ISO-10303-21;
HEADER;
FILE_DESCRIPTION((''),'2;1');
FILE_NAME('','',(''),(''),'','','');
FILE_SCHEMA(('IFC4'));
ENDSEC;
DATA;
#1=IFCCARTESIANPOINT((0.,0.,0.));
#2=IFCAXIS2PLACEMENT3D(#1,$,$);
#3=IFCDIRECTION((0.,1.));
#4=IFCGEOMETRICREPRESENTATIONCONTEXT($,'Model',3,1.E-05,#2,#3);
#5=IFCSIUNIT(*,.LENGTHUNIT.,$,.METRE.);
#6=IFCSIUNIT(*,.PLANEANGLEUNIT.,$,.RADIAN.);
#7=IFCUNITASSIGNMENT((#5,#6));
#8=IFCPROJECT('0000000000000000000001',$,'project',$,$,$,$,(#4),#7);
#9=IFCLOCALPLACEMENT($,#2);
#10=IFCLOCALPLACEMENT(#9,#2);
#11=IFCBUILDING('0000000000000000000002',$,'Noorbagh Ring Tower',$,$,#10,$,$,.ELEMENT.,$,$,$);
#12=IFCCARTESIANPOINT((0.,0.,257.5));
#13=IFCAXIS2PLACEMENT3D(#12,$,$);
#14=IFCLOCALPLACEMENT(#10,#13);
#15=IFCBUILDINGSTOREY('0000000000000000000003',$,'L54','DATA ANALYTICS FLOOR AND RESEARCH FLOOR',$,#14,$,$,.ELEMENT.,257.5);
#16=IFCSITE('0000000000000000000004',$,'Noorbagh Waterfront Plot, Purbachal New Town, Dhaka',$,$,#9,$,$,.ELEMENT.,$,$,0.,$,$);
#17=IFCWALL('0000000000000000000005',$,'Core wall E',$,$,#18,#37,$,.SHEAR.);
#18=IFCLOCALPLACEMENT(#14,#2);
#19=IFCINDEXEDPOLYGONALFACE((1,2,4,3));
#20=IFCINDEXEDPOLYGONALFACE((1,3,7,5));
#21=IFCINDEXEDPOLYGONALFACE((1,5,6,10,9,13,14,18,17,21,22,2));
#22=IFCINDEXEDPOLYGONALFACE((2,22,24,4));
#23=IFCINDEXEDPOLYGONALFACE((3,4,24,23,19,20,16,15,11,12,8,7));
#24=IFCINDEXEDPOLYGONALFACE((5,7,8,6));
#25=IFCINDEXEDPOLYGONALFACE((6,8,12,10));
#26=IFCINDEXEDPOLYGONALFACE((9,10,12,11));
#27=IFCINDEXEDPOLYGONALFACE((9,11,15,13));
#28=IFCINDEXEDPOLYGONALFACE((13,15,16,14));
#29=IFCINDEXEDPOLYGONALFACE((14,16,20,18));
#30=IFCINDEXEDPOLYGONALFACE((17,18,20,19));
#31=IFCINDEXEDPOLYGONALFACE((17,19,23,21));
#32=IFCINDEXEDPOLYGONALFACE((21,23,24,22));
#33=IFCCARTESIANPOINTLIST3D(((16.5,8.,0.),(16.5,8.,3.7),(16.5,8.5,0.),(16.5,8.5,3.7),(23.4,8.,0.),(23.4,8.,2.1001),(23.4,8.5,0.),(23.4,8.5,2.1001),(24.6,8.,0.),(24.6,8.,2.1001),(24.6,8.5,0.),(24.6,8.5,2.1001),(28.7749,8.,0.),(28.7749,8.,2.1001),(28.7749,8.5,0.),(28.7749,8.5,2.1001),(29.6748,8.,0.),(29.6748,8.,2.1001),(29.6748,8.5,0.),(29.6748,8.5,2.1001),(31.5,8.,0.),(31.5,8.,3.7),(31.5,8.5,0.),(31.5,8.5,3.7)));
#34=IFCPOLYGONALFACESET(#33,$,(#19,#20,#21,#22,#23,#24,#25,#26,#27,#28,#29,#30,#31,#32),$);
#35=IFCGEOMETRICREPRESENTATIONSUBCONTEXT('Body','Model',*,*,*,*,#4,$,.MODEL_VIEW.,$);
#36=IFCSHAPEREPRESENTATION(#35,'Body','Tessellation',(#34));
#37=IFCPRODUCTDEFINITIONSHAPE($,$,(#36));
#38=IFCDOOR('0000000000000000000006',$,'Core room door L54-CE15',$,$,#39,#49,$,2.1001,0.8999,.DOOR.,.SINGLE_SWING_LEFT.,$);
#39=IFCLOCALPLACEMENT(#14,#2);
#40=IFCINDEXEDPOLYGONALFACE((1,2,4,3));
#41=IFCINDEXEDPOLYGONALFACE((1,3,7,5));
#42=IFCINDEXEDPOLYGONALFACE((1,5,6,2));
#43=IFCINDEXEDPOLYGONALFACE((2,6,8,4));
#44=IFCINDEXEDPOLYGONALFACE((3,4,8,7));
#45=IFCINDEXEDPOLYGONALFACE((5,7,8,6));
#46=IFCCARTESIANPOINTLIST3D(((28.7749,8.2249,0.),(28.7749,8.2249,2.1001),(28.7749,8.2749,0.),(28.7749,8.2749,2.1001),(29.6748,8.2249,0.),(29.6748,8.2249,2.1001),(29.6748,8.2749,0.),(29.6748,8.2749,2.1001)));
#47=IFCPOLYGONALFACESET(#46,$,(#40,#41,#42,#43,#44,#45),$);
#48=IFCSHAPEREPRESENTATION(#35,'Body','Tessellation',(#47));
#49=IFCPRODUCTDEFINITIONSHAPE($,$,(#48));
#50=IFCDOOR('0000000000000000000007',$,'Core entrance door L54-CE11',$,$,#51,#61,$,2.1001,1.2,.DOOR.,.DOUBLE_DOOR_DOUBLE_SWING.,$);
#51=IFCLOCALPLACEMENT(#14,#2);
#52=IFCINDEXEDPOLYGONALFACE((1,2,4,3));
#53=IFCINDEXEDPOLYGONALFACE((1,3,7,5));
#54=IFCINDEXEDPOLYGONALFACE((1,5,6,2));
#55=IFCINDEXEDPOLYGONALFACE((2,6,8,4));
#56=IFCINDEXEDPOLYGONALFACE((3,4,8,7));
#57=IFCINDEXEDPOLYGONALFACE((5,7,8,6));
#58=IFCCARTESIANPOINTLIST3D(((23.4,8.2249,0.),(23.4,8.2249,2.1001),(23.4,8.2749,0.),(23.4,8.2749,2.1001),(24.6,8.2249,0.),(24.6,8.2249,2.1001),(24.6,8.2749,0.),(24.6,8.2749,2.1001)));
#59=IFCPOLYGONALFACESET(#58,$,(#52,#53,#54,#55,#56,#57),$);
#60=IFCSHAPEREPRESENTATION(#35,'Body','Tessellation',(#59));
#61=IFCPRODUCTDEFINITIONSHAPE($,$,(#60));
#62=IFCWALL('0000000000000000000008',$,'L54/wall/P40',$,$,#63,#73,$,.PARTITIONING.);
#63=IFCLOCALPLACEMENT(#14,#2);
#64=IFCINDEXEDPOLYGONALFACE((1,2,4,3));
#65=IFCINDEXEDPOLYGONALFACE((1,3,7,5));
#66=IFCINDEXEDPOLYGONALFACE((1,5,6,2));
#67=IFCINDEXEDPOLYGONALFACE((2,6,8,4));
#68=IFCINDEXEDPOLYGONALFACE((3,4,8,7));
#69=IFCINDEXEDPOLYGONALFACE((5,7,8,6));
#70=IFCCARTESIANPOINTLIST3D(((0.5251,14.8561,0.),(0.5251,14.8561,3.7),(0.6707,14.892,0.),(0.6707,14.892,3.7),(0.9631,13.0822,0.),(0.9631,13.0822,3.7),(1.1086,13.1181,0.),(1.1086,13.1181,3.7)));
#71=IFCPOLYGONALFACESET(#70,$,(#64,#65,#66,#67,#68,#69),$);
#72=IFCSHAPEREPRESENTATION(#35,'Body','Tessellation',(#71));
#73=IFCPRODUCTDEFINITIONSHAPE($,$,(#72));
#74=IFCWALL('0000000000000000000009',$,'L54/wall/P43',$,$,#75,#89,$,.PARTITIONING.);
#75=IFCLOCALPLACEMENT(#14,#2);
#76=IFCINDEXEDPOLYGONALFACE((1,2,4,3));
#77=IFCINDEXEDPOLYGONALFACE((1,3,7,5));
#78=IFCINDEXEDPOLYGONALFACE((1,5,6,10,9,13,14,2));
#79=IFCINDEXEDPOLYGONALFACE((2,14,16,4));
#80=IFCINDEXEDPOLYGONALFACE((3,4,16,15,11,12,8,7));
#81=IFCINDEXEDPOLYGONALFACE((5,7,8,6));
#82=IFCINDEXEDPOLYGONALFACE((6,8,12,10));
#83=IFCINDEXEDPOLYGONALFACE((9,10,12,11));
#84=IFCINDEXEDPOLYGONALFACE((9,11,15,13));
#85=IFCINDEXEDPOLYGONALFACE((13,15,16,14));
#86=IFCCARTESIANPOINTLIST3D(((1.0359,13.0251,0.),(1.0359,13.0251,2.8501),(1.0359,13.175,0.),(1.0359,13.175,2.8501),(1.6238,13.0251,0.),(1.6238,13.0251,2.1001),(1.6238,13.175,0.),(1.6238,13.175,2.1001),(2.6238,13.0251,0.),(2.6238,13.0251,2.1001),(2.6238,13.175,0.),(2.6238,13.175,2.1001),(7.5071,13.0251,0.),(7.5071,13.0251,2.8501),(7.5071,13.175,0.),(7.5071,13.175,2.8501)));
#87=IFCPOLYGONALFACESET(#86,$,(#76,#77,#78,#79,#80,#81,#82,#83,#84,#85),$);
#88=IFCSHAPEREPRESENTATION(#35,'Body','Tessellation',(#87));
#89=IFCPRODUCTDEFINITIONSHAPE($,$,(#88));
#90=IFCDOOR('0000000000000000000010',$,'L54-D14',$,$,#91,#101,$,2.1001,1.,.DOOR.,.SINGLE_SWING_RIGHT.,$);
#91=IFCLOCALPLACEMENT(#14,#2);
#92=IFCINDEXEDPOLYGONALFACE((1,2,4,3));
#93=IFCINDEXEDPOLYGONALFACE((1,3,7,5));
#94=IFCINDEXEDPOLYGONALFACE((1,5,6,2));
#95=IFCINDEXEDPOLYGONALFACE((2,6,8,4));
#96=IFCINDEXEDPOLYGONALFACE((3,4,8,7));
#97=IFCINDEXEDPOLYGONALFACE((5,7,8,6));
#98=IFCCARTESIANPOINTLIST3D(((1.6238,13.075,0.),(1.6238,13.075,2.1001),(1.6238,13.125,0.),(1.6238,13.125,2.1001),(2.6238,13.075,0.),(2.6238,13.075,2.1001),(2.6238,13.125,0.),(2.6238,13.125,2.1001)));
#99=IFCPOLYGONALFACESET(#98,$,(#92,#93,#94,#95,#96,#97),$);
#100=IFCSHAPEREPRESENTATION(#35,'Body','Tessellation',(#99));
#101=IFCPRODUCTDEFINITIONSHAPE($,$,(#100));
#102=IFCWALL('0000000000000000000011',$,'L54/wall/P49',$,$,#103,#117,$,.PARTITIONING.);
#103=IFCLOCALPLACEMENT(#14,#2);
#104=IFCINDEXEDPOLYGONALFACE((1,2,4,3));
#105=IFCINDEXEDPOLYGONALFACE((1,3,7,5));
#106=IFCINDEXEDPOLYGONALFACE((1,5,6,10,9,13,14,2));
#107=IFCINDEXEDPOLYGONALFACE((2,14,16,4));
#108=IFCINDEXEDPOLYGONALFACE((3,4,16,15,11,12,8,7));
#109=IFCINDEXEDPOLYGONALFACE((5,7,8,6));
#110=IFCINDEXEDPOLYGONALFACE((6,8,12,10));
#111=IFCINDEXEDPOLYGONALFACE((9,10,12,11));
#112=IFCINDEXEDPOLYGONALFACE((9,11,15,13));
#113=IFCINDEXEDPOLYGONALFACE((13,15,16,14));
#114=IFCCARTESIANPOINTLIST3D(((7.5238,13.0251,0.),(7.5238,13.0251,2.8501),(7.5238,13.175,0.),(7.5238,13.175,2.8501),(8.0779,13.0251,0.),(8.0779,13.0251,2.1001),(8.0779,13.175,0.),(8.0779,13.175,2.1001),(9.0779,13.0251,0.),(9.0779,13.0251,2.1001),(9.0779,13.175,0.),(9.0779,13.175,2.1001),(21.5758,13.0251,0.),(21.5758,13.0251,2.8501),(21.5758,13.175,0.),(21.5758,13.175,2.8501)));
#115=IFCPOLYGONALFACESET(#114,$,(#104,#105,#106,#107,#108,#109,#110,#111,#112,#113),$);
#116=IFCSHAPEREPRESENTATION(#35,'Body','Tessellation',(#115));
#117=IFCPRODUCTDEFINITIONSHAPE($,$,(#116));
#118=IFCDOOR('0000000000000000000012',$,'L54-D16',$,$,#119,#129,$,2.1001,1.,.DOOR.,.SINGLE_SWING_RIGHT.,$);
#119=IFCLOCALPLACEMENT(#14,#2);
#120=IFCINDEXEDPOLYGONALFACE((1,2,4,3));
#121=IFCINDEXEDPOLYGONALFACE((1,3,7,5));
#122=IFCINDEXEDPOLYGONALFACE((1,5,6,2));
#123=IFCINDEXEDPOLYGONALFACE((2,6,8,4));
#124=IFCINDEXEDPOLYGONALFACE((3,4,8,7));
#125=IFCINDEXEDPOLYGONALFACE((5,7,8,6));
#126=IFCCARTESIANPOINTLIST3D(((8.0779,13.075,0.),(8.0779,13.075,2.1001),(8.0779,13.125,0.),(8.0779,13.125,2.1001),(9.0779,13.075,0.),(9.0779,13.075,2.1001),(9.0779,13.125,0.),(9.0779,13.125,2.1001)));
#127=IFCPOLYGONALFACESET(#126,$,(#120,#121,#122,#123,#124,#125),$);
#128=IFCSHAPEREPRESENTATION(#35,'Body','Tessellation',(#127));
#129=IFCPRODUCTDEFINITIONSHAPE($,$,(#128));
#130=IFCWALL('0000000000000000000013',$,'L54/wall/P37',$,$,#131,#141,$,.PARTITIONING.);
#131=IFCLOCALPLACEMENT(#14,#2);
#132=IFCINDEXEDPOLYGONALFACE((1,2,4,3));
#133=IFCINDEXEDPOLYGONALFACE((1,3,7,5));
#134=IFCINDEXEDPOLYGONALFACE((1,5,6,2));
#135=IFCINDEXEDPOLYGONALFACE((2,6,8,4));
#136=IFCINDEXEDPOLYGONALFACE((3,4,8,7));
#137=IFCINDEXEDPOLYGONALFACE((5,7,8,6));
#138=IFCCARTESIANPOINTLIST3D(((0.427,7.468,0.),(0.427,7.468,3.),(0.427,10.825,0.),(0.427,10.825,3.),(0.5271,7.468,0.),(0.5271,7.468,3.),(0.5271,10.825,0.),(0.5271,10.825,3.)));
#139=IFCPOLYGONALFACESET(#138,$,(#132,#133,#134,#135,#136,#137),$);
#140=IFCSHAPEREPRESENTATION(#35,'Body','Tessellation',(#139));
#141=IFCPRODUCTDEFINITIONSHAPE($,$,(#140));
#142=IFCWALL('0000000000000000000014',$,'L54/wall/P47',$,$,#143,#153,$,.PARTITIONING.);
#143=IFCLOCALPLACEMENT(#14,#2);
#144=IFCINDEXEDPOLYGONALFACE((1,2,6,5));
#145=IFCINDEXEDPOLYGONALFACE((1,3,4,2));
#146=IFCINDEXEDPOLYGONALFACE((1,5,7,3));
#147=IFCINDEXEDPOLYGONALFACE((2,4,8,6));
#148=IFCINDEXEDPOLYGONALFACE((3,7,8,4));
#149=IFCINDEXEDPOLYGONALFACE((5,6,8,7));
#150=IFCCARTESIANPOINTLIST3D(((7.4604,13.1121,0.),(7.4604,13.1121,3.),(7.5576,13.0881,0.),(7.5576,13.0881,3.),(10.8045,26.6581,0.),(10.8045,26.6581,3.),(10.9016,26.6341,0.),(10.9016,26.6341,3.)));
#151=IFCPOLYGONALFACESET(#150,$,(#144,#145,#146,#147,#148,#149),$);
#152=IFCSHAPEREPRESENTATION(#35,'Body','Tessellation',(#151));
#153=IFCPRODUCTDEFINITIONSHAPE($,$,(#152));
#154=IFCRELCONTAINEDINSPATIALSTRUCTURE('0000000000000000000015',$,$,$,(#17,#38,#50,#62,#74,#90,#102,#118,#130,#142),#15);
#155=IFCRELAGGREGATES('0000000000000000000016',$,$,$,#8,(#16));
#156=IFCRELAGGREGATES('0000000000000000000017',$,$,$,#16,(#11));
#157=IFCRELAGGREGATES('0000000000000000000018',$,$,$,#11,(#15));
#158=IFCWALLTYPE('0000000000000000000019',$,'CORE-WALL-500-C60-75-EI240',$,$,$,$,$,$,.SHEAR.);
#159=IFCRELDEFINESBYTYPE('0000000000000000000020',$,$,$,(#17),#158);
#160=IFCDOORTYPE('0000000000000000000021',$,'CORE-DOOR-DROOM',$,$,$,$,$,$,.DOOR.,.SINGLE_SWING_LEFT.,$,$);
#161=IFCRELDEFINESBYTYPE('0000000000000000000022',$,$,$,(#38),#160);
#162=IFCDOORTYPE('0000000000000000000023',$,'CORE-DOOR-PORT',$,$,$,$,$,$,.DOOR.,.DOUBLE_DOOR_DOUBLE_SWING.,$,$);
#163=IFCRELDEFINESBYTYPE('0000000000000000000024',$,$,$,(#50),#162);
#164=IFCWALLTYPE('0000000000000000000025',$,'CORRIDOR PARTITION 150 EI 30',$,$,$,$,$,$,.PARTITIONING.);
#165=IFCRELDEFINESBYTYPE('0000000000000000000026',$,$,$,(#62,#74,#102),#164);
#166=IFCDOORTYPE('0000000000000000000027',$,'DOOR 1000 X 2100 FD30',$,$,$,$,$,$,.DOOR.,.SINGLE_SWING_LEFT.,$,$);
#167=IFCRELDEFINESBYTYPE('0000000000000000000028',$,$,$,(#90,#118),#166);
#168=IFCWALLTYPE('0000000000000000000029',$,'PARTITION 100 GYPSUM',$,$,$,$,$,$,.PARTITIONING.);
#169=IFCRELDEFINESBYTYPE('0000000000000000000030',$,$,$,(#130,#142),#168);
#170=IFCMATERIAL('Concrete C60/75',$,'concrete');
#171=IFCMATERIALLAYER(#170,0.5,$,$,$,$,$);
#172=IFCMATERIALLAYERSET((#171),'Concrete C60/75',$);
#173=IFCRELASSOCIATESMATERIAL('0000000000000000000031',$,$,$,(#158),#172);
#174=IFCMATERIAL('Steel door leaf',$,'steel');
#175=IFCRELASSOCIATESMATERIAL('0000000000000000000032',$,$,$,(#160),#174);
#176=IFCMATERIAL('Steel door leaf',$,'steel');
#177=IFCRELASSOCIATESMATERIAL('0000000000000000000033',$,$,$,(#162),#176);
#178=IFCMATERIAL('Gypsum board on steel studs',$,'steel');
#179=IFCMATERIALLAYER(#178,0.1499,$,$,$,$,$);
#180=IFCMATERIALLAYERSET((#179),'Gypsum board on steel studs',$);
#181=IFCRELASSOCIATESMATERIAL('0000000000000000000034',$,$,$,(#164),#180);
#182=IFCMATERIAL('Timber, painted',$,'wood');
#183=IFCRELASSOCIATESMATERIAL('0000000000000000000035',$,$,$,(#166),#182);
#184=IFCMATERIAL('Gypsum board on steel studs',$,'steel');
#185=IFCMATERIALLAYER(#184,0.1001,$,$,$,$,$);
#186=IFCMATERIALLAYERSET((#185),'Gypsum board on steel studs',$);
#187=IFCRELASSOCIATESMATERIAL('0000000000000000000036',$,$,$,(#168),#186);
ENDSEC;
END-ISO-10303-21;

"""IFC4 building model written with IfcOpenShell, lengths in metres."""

from ifc_helpers import new_model, si_unit, direction, frame, frame_2d, origin, place, context, subcontext, project, spatial, rectangle, extrude, material, layer, layer_set, type_object, element, fill, save


model = new_model("IFC4")

# Units and contexts
model_context = context("Model", 3, precision=1e-05, world=origin(), true_north=direction((0.0, 1.0)))
body_context = subcontext(model_context, "Body", "Model", "MODEL_VIEW")
ifc_project = project(units=[si_unit("LENGTHUNIT", "METRE"), si_unit("PLANEANGLEUNIT", "RADIAN")], contexts=[model_context])

# Site, building, storey
site_placement = place(None, origin())
site = spatial("IfcSite", under=ifc_project, at=site_placement, Name="Noorbagh Waterfront Plot, Purbachal New Town, Dhaka", CompositionType="ELEMENT", RefElevation=0.0)
building_placement = place(site_placement, origin())
building = spatial("IfcBuilding", under=site, at=building_placement, Name="Noorbagh Ring Tower", CompositionType="ELEMENT")
storey_placement = place(building_placement, frame((0.0, 0.0, 257.5)))
storey = spatial("IfcBuildingStorey", under=building, at=storey_placement, Name="L54", Description="DATA ANALYTICS FLOOR AND RESEARCH FLOOR", CompositionType="ELEMENT", Elevation=257.5)

# Wall, openings, doors
ifc_material_1 = material(Name="Concrete C60/75", Category="concrete")
ifc_layer_1 = layer(ifc_material_1, 0.5)
ifc_layer_set_1 = layer_set([ifc_layer_1], Name="Concrete C60/75")
wall_type_1 = type_object("IfcWallType", Name="CORE-WALL-500-C60-75-EI240", PredefinedType="SHEAR", material=ifc_layer_set_1)
wall_1_placement = place(storey_placement, frame((16.5, 8.25, 0.0), z_axis=(0.0, 0.0, 1.0), x_axis=(1.0, 0.0, 0.0)))
wall_1 = element("IfcWall", 1, at=wall_1_placement, inside=storey, type_object=wall_type_1, Name="Core wall E", PredefinedType="SHEAR", context=body_context, shape_type="SweptSolid", body=[
    extrude(rectangle(XDim=15.0, YDim=0.5, at=frame_2d((7.5, 0.0))), origin(), (0.0, 0.0, 1.0), 3.7),
])
opening_1_placement = place(wall_1_placement, frame((6.8999, 0.0, 0.0)))
opening_1 = element("IfcOpeningElement", 2, at=opening_1_placement, cuts=wall_1, PredefinedType="OPENING", context=body_context, shape_type="SweptSolid", body=[
    extrude(rectangle(XDim=1.2, YDim=2.1001, at=frame_2d((0.6001, 1.05))), frame((0.0, 0.26, 0.0), z_axis=(0.0, -1.0, 0.0), x_axis=(1.0, 0.0, 0.0)), (0.0, 0.0, 1.0), 0.52),
])
opening_2_placement = place(wall_1_placement, frame((12.2749, 0.0, 0.0)))
opening_2 = element("IfcOpeningElement", 3, at=opening_2_placement, cuts=wall_1, PredefinedType="OPENING", context=body_context, shape_type="SweptSolid", body=[
    extrude(rectangle(XDim=0.8999, YDim=2.1001, at=frame_2d((0.45, 1.05))), frame((0.0, 0.26, 0.0), z_axis=(0.0, -1.0, 0.0), x_axis=(1.0, 0.0, 0.0)), (0.0, 0.0, 1.0), 0.52),
])
ifc_material_2 = material(Name="Steel door leaf", Category="steel")
door_type_1 = type_object("IfcDoorType", Name="CORE-DOOR-DROOM", OperationType="SINGLE_SWING_LEFT", PredefinedType="DOOR", material=ifc_material_2)
door_1_placement = place(opening_2_placement, origin())
door_1 = element("IfcDoor", 4, at=door_1_placement, inside=storey, type_object=door_type_1, Name="Core room door L54-CE15", OperationType="SINGLE_SWING_LEFT", OverallHeight=2.1001, OverallWidth=0.8999, PredefinedType="DOOR", context=body_context, shape_type="SweptSolid", body=[
    extrude(rectangle(XDim=0.8999, YDim=2.1001, at=frame_2d((0.45, 1.05))), frame((0.0, 0.0249, 0.0), z_axis=(0.0, -1.0, 0.0), x_axis=(1.0, 0.0, 0.0)), (0.0, 0.0, 1.0), 0.05),
])
fill(opening_2, door_1)
ifc_material_3 = material(Name="Steel door leaf", Category="steel")
door_type_2 = type_object("IfcDoorType", Name="CORE-DOOR-PORT", OperationType="DOUBLE_DOOR_DOUBLE_SWING", PredefinedType="DOOR", material=ifc_material_3)
door_2_placement = place(opening_1_placement, origin())
door_2 = element("IfcDoor", 5, at=door_2_placement, inside=storey, type_object=door_type_2, Name="Core entrance door L54-CE11", OperationType="DOUBLE_DOOR_DOUBLE_SWING", OverallHeight=2.1001, OverallWidth=1.2, PredefinedType="DOOR", context=body_context, shape_type="SweptSolid", body=[
    extrude(rectangle(XDim=1.2, YDim=2.1001, at=frame_2d((0.6001, 1.05))), frame((0.0, 0.0249, 0.0), z_axis=(0.0, -1.0, 0.0), x_axis=(1.0, 0.0, 0.0)), (0.0, 0.0, 1.0), 0.05),
])
fill(opening_1, door_2)

# Wall
ifc_material_4 = material(Name="Gypsum board on steel studs", Category="steel")
ifc_layer_2 = layer(ifc_material_4, 0.1499)
ifc_layer_set_2 = layer_set([ifc_layer_2], Name="Gypsum board on steel studs")
wall_type_2 = type_object("IfcWallType", Name="CORRIDOR PARTITION 150 EI 30", PredefinedType="PARTITIONING", material=ifc_layer_set_2)
wall_2_placement = place(storey_placement, frame((0.5979, 14.874, 0.0), z_axis=(0.0, 0.0, 1.0), x_axis=(0.239705, -0.970846, 0.0)))
element("IfcWall", 6, at=wall_2_placement, inside=storey, type_object=wall_type_2, Name="L54/wall/P40", PredefinedType="PARTITIONING", context=body_context, shape_type="SweptSolid", body=[
    extrude(rectangle(XDim=1.8271, YDim=0.1499, at=frame_2d((0.9136, 0.0))), origin(), (0.0, 0.0, 1.0), 3.7),
])

# Walls, openings, doors
wall_3_placement = place(storey_placement, frame((1.0359, 13.1001, 0.0), z_axis=(0.0, 0.0, 1.0), x_axis=(1.0, 0.0, 0.0)))
wall_3 = element("IfcWall", 7, at=wall_3_placement, inside=storey, type_object=wall_type_2, Name="L54/wall/P43", PredefinedType="PARTITIONING", context=body_context, shape_type="SweptSolid", body=[
    extrude(rectangle(XDim=6.4712, YDim=0.1499, at=frame_2d((3.2356, 0.0))), origin(), (0.0, 0.0, 1.0), 2.8501),
])
opening_3_placement = place(wall_3_placement, frame((0.5879, 0.0, 0.0)))
opening_3 = element("IfcOpeningElement", 8, at=opening_3_placement, cuts=wall_3, PredefinedType="OPENING", context=body_context, shape_type="SweptSolid", body=[
    extrude(rectangle(XDim=1.0, YDim=2.1001, at=frame_2d((0.5, 1.05))), frame((0.0, 0.085, 0.0), z_axis=(0.0, -1.0, 0.0), x_axis=(1.0, 0.0, 0.0)), (0.0, 0.0, 1.0), 0.1699),
])
ifc_material_5 = material(Name="Timber, painted", Category="wood")
door_type_3 = type_object("IfcDoorType", Name="DOOR 1000 X 2100 FD30", OperationType="SINGLE_SWING_LEFT", PredefinedType="DOOR", material=ifc_material_5)
door_3_placement = place(opening_3_placement, origin())
door_3 = element("IfcDoor", 9, at=door_3_placement, inside=storey, type_object=door_type_3, Name="L54-D14", OperationType="SINGLE_SWING_RIGHT", OverallHeight=2.1001, OverallWidth=1.0, PredefinedType="DOOR", context=body_context, shape_type="SweptSolid", body=[
    extrude(rectangle(XDim=1.0, YDim=2.1001, at=frame_2d((0.5, 1.05))), frame((0.0, 0.0249, 0.0), z_axis=(0.0, -1.0, 0.0), x_axis=(1.0, 0.0, 0.0)), (0.0, 0.0, 1.0), 0.05),
])
fill(opening_3, door_3)
wall_4_placement = place(storey_placement, frame((7.5239, 13.1001, 0.0), z_axis=(0.0, 0.0, 1.0), x_axis=(1.0, 0.0, 0.0)))
wall_4 = element("IfcWall", 10, at=wall_4_placement, inside=storey, type_object=wall_type_2, Name="L54/wall/P49", PredefinedType="PARTITIONING", context=body_context, shape_type="SweptSolid", body=[
    extrude(rectangle(XDim=14.052, YDim=0.1499, at=frame_2d((7.0259, 0.0))), origin(), (0.0, 0.0, 1.0), 2.8501),
])
opening_4_placement = place(wall_4_placement, frame((0.554, 0.0, 0.0)))
opening_4 = element("IfcOpeningElement", 11, at=opening_4_placement, cuts=wall_4, PredefinedType="OPENING", context=body_context, shape_type="SweptSolid", body=[
    extrude(rectangle(XDim=1.0, YDim=2.1001, at=frame_2d((0.5, 1.05))), frame((0.0, 0.085, 0.0), z_axis=(0.0, -1.0, 0.0), x_axis=(1.0, 0.0, 0.0)), (0.0, 0.0, 1.0), 0.1699),
])
door_4_placement = place(opening_4_placement, origin())
door_4 = element("IfcDoor", 12, at=door_4_placement, inside=storey, type_object=door_type_3, Name="L54-D16", OperationType="SINGLE_SWING_RIGHT", OverallHeight=2.1001, OverallWidth=1.0, PredefinedType="DOOR", context=body_context, shape_type="SweptSolid", body=[
    extrude(rectangle(XDim=1.0, YDim=2.1001, at=frame_2d((0.5, 1.05))), frame((0.0, 0.0249, 0.0), z_axis=(0.0, -1.0, 0.0), x_axis=(1.0, 0.0, 0.0)), (0.0, 0.0, 1.0), 0.05),
])
fill(opening_4, door_4)

# Walls
ifc_material_6 = material(Name="Gypsum board on steel studs", Category="steel")
ifc_layer_3 = layer(ifc_material_6, 0.1001)
ifc_layer_set_3 = layer_set([ifc_layer_3], Name="Gypsum board on steel studs")
wall_type_3 = type_object("IfcWallType", Name="PARTITION 100 GYPSUM", PredefinedType="PARTITIONING", material=ifc_layer_set_3)
wall_5_placement = place(storey_placement, frame((0.4771, 7.468, 0.0), z_axis=(0.0, 0.0, 1.0), x_axis=(0.0, 1.0, 0.0)))
element("IfcWall", 13, at=wall_5_placement, inside=storey, type_object=wall_type_3, Name="L54/wall/P37", PredefinedType="PARTITIONING", context=body_context, shape_type="SweptSolid", body=[
    extrude(rectangle(XDim=3.3569, YDim=0.1001, at=frame_2d((1.6785, 0.0))), origin(), (0.0, 0.0, 1.0), 3.0),
])
wall_6_placement = place(storey_placement, frame((7.509, 13.1001, 0.0), z_axis=(0.0, 0.0, 1.0), x_axis=(0.239669, 0.970855, 0.0)))
element("IfcWall", 14, at=wall_6_placement, inside=storey, type_object=wall_type_3, Name="L54/wall/P47", PredefinedType="PARTITIONING", context=body_context, shape_type="SweptSolid", body=[
    extrude(rectangle(XDim=13.9526, YDim=0.1001, at=frame_2d((6.9763, 0.0))), origin(), (0.0, 0.0, 1.0), 3.0),
])

save(model, "model.ifc")
